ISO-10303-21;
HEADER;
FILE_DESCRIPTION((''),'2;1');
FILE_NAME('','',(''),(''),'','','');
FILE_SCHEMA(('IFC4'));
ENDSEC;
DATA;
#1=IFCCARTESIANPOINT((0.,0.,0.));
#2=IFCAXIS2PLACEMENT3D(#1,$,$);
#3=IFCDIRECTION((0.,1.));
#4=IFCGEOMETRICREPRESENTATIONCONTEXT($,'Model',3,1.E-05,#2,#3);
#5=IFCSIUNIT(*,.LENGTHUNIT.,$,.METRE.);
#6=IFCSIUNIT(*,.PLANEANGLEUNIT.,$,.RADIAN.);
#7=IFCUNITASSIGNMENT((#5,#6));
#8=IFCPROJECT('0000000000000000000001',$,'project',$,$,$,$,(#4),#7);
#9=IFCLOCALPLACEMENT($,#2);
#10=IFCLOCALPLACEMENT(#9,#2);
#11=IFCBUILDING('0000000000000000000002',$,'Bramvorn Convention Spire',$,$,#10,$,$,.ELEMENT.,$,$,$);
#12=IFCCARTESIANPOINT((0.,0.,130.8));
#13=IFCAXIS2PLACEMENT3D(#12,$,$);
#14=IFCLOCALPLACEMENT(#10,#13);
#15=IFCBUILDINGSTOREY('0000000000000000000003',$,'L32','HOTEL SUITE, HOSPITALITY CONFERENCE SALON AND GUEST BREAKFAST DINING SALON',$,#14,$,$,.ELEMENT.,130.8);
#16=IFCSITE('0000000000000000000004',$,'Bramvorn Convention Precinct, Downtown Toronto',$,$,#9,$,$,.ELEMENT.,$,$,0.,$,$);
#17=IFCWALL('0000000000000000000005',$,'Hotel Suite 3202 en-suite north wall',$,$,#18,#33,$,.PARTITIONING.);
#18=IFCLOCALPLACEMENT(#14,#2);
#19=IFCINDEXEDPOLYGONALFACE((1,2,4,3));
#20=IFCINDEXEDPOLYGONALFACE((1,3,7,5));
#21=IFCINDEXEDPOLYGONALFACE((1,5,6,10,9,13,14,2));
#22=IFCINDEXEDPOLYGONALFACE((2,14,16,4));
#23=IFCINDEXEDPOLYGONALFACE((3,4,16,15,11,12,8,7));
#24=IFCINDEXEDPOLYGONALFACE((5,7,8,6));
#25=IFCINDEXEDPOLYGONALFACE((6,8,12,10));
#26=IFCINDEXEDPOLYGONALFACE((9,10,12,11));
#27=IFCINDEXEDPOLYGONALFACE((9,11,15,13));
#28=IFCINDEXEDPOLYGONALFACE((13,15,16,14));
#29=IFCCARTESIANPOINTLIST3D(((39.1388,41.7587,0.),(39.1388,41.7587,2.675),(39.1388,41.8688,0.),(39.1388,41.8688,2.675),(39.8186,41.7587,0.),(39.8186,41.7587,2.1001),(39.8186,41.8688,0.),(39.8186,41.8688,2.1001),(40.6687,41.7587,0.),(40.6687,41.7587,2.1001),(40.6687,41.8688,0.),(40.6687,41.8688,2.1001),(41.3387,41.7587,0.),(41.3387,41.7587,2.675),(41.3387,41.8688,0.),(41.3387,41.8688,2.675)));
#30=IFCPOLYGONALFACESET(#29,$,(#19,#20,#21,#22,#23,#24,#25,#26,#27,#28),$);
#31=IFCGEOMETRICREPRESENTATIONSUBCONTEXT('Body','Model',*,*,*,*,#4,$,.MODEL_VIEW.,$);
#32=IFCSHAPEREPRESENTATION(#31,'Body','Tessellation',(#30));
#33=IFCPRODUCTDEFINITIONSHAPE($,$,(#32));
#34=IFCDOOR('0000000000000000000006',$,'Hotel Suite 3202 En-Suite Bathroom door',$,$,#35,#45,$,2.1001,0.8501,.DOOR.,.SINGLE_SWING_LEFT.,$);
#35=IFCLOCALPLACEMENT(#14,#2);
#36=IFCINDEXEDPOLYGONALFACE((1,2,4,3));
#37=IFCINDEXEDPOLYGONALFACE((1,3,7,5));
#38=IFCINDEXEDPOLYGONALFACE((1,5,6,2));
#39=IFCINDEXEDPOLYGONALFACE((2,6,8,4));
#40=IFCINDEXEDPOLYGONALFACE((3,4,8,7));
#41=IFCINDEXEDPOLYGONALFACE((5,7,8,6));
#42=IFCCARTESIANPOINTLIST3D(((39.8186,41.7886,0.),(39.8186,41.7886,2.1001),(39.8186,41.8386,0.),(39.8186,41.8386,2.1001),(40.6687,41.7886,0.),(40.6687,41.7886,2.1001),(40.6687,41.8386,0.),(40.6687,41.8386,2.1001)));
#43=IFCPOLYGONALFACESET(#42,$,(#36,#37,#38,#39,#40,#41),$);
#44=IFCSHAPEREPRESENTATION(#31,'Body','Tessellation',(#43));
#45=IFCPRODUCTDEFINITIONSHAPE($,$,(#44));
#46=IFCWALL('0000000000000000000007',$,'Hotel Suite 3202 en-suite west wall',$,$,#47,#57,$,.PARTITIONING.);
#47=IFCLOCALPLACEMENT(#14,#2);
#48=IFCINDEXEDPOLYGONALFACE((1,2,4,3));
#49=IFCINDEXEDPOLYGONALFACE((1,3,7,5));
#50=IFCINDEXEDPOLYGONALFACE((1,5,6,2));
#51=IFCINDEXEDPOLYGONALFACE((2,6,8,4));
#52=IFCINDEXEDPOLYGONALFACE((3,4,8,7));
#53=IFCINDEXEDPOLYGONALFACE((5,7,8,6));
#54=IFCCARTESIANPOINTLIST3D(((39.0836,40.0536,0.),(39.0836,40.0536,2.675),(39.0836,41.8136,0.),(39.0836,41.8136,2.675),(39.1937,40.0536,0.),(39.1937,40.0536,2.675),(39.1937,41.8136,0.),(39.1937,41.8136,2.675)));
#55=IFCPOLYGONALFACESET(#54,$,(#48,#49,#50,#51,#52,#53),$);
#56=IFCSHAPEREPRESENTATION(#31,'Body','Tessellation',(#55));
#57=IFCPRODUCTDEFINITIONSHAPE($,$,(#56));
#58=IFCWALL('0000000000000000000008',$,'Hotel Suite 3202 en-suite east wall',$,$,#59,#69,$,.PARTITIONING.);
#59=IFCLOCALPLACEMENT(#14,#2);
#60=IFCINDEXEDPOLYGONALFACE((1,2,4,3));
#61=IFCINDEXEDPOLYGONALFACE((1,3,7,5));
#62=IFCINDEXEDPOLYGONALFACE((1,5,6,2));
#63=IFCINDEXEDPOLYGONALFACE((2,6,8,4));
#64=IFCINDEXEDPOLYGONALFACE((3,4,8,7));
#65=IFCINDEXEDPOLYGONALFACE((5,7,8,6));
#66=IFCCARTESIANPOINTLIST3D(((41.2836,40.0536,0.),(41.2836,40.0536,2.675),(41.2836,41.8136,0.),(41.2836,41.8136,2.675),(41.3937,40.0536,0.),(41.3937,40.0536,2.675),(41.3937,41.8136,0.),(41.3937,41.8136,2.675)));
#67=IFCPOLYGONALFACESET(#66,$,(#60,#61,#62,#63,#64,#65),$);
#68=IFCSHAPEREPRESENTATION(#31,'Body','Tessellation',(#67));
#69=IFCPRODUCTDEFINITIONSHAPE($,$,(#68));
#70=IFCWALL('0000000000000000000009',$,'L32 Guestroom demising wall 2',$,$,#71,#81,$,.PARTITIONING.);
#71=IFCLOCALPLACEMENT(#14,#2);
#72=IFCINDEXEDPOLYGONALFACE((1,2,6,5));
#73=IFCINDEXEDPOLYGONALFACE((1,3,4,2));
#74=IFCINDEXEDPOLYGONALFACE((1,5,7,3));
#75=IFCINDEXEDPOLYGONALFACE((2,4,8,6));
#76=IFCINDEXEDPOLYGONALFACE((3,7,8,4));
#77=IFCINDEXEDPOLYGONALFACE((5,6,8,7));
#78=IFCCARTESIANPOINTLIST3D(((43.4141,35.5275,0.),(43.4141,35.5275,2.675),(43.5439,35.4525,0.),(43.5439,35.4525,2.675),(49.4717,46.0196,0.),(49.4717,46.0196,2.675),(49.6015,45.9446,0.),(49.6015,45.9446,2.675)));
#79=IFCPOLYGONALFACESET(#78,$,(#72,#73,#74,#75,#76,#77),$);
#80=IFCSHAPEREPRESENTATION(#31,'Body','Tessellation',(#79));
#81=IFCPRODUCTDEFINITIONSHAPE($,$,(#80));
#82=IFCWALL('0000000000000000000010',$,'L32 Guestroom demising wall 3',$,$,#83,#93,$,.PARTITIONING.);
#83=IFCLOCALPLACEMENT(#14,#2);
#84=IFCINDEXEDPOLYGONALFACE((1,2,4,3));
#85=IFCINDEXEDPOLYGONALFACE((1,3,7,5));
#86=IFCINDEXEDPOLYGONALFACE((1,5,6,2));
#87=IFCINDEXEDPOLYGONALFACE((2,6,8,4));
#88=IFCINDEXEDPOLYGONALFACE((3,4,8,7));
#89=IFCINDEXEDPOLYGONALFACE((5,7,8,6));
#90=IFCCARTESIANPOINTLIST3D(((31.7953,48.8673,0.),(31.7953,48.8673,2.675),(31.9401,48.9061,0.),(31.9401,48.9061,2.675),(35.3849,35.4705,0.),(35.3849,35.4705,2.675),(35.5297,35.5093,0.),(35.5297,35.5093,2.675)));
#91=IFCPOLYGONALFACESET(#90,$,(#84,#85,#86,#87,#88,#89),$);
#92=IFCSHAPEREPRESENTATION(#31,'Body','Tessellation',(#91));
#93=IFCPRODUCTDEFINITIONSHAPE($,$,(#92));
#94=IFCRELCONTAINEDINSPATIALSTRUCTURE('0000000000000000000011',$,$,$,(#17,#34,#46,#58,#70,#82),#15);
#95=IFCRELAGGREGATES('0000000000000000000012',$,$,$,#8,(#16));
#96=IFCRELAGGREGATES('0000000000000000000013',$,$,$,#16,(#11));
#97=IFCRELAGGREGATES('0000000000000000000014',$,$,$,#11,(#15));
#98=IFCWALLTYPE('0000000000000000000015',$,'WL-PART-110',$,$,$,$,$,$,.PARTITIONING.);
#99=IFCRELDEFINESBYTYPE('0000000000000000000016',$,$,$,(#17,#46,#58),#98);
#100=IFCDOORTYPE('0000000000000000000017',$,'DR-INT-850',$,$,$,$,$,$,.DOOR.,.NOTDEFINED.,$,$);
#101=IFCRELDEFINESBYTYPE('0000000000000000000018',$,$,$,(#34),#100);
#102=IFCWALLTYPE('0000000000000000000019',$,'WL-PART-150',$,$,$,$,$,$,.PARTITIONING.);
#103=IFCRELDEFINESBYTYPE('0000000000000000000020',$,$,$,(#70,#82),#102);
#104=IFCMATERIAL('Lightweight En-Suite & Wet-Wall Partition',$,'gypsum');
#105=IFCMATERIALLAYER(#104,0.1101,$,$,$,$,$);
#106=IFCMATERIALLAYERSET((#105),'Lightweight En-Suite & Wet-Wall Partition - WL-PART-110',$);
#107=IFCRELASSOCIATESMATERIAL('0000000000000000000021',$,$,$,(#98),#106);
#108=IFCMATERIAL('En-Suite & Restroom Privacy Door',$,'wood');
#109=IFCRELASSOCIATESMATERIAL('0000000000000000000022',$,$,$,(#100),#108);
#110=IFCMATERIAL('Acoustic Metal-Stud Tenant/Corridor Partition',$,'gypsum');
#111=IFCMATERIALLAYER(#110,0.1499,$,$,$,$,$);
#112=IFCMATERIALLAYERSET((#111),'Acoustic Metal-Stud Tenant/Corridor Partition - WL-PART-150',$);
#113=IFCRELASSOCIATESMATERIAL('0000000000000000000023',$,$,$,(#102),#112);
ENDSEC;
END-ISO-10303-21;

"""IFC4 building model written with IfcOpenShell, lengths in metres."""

from ifc_helpers import new_model, si_unit, direction, frame, frame_2d, origin, place, context, subcontext, project, spatial, rectangle, extrude, material, layer, layer_set, type_object, element, fill, save


model = new_model("IFC4")

# Units and contexts
model_context = context("Model", 3, precision=1e-05, world=origin(), true_north=direction((0.0, 1.0)))
body_context = subcontext(model_context, "Body", "Model", "MODEL_VIEW")
ifc_project = project(units=[si_unit("LENGTHUNIT", "METRE"), si_unit("PLANEANGLEUNIT", "RADIAN")], contexts=[model_context])

# Site, building, storey
site_placement = place(None, origin())
site = spatial("IfcSite", under=ifc_project, at=site_placement, Name="Bramvorn Convention Precinct, Downtown Toronto", CompositionType="ELEMENT", RefElevation=0.0)
building_placement = place(site_placement, origin())
building = spatial("IfcBuilding", under=site, at=building_placement, Name="Bramvorn Convention Spire", CompositionType="ELEMENT")
storey_placement = place(building_placement, frame((0.0, 0.0, 130.8)))
storey = spatial("IfcBuildingStorey", under=building, at=storey_placement, Name="L32", Description="HOTEL SUITE, HOSPITALITY CONFERENCE SALON AND GUEST BREAKFAST DINING SALON", CompositionType="ELEMENT", Elevation=130.8)

# Shared definitions
ifc_material_1 = material(Name="Lightweight En-Suite & Wet-Wall Partition", Category="gypsum")
ifc_layer_1 = layer(ifc_material_1, 0.1101)
ifc_layer_set_1 = layer_set([ifc_layer_1], Name="Lightweight En-Suite & Wet-Wall Partition - WL-PART-110")
wall_type_1 = type_object("IfcWallType", Name="WL-PART-110", PredefinedType="PARTITIONING", material=ifc_layer_set_1)

# Wall, opening, door
wall_1_placement = place(storey_placement, frame((39.1387, 41.8137, 0.0), z_axis=(0.0, 0.0, 1.0), x_axis=(1.0, 0.0, 0.0)))
wall_1 = element("IfcWall", 1, at=wall_1_placement, inside=storey, type_object=wall_type_1, Name="Hotel Suite 3202 en-suite north wall", PredefinedType="PARTITIONING", context=body_context, shape_type="SweptSolid", body=[
    extrude(rectangle(XDim=2.2, YDim=0.1101, at=frame_2d((1.1001, 0.0))), origin(), (0.0, 0.0, 1.0), 2.675),
])
opening_placement = place(wall_1_placement, frame((0.6799, 0.0, 0.0)))
opening = element("IfcOpeningElement", 2, at=opening_placement, cuts=wall_1, PredefinedType="OPENING", context=body_context, shape_type="SweptSolid", body=[
    extrude(rectangle(XDim=0.8501, YDim=2.1001, at=frame_2d((0.425, 1.05))), frame((0.0, 0.0649, 0.0), z_axis=(0.0, -1.0, 0.0), x_axis=(1.0, 0.0, 0.0)), (0.0, 0.0, 1.0), 0.1301),
])
ifc_material_2 = material(Name="En-Suite & Restroom Privacy Door", Category="wood")
door_type = type_object("IfcDoorType", Name="DR-INT-850", OperationType="NOTDEFINED", PredefinedType="DOOR", material=ifc_material_2)
door_placement = place(opening_placement, origin())
door = element("IfcDoor", 3, at=door_placement, inside=storey, type_object=door_type, Name="Hotel Suite 3202 En-Suite Bathroom door", OperationType="SINGLE_SWING_LEFT", OverallHeight=2.1001, OverallWidth=0.8501, PredefinedType="DOOR", context=body_context, shape_type="SweptSolid", body=[
    extrude(rectangle(XDim=0.8501, YDim=2.1001, at=frame_2d((0.425, 1.05))), frame((0.0, 0.0249, 0.0), z_axis=(0.0, -1.0, 0.0), x_axis=(1.0, 0.0, 0.0)), (0.0, 0.0, 1.0), 0.05),
])
fill(opening, door)

# Walls
for number, where, z_axis, x_axis, name in (
    (4, (39.1387, 40.0537, 0.0), (0.0, 0.0, 1.0), (0.0, 1.0, 0.0), "Hotel Suite 3202 en-suite west wall"),
    (5, (41.3386, 40.0537, 0.0), (0.0, 0.0, 1.0), (0.0, 1.0, 0.0), "Hotel Suite 3202 en-suite east wall"),
):
    element("IfcWall", number, at=place(storey_placement, frame(where, z_axis=z_axis, x_axis=x_axis)), inside=storey, type_object=wall_type_1, Name=name, PredefinedType="PARTITIONING", context=body_context, shape_type="SweptSolid", body=[
        extrude(rectangle(XDim=1.76, YDim=0.1101, at=frame_2d((0.8799, 0.0))), origin(), (0.0, 0.0, 1.0), 2.675),
    ])
ifc_material_3 = material(Name="Acoustic Metal-Stud Tenant/Corridor Partition", Category="gypsum")
ifc_layer_2 = layer(ifc_material_3, 0.1499)
ifc_layer_set_2 = layer_set([ifc_layer_2], Name="Acoustic Metal-Stud Tenant/Corridor Partition - WL-PART-150")
wall_type_2 = type_object("IfcWallType", Name="WL-PART-150", PredefinedType="PARTITIONING", material=ifc_layer_set_2)
wall_2_placement = place(storey_placement, frame((43.479, 35.49, 0.0), z_axis=(0.0, 0.0, 1.0), x_axis=(0.499997, 0.866027, 0.0)))
element("IfcWall", 6, at=wall_2_placement, inside=storey, type_object=wall_type_2, Name="L32 Guestroom demising wall 2", PredefinedType="PARTITIONING", context=body_context, shape_type="SweptSolid", body=[
    extrude(rectangle(XDim=12.1152, YDim=0.1499, at=frame_2d((6.0576, 0.0))), origin(), (0.0, 0.0, 1.0), 2.675),
])
wall_3_placement = place(storey_placement, frame((35.4573, 35.49, 0.0), z_axis=(0.0, 0.0, 1.0), x_axis=(-0.258816, 0.965927, 0.0)))
element("IfcWall", 7, at=wall_3_placement, inside=storey, type_object=wall_type_2, Name="L32 Guestroom demising wall 3", PredefinedType="PARTITIONING", context=body_context, shape_type="SweptSolid", body=[
    extrude(rectangle(XDim=13.8694, YDim=0.1499, at=frame_2d((6.9346, 0.0))), origin(), (0.0, 0.0, 1.0), 2.675),
])

save(model, "model.ifc")
